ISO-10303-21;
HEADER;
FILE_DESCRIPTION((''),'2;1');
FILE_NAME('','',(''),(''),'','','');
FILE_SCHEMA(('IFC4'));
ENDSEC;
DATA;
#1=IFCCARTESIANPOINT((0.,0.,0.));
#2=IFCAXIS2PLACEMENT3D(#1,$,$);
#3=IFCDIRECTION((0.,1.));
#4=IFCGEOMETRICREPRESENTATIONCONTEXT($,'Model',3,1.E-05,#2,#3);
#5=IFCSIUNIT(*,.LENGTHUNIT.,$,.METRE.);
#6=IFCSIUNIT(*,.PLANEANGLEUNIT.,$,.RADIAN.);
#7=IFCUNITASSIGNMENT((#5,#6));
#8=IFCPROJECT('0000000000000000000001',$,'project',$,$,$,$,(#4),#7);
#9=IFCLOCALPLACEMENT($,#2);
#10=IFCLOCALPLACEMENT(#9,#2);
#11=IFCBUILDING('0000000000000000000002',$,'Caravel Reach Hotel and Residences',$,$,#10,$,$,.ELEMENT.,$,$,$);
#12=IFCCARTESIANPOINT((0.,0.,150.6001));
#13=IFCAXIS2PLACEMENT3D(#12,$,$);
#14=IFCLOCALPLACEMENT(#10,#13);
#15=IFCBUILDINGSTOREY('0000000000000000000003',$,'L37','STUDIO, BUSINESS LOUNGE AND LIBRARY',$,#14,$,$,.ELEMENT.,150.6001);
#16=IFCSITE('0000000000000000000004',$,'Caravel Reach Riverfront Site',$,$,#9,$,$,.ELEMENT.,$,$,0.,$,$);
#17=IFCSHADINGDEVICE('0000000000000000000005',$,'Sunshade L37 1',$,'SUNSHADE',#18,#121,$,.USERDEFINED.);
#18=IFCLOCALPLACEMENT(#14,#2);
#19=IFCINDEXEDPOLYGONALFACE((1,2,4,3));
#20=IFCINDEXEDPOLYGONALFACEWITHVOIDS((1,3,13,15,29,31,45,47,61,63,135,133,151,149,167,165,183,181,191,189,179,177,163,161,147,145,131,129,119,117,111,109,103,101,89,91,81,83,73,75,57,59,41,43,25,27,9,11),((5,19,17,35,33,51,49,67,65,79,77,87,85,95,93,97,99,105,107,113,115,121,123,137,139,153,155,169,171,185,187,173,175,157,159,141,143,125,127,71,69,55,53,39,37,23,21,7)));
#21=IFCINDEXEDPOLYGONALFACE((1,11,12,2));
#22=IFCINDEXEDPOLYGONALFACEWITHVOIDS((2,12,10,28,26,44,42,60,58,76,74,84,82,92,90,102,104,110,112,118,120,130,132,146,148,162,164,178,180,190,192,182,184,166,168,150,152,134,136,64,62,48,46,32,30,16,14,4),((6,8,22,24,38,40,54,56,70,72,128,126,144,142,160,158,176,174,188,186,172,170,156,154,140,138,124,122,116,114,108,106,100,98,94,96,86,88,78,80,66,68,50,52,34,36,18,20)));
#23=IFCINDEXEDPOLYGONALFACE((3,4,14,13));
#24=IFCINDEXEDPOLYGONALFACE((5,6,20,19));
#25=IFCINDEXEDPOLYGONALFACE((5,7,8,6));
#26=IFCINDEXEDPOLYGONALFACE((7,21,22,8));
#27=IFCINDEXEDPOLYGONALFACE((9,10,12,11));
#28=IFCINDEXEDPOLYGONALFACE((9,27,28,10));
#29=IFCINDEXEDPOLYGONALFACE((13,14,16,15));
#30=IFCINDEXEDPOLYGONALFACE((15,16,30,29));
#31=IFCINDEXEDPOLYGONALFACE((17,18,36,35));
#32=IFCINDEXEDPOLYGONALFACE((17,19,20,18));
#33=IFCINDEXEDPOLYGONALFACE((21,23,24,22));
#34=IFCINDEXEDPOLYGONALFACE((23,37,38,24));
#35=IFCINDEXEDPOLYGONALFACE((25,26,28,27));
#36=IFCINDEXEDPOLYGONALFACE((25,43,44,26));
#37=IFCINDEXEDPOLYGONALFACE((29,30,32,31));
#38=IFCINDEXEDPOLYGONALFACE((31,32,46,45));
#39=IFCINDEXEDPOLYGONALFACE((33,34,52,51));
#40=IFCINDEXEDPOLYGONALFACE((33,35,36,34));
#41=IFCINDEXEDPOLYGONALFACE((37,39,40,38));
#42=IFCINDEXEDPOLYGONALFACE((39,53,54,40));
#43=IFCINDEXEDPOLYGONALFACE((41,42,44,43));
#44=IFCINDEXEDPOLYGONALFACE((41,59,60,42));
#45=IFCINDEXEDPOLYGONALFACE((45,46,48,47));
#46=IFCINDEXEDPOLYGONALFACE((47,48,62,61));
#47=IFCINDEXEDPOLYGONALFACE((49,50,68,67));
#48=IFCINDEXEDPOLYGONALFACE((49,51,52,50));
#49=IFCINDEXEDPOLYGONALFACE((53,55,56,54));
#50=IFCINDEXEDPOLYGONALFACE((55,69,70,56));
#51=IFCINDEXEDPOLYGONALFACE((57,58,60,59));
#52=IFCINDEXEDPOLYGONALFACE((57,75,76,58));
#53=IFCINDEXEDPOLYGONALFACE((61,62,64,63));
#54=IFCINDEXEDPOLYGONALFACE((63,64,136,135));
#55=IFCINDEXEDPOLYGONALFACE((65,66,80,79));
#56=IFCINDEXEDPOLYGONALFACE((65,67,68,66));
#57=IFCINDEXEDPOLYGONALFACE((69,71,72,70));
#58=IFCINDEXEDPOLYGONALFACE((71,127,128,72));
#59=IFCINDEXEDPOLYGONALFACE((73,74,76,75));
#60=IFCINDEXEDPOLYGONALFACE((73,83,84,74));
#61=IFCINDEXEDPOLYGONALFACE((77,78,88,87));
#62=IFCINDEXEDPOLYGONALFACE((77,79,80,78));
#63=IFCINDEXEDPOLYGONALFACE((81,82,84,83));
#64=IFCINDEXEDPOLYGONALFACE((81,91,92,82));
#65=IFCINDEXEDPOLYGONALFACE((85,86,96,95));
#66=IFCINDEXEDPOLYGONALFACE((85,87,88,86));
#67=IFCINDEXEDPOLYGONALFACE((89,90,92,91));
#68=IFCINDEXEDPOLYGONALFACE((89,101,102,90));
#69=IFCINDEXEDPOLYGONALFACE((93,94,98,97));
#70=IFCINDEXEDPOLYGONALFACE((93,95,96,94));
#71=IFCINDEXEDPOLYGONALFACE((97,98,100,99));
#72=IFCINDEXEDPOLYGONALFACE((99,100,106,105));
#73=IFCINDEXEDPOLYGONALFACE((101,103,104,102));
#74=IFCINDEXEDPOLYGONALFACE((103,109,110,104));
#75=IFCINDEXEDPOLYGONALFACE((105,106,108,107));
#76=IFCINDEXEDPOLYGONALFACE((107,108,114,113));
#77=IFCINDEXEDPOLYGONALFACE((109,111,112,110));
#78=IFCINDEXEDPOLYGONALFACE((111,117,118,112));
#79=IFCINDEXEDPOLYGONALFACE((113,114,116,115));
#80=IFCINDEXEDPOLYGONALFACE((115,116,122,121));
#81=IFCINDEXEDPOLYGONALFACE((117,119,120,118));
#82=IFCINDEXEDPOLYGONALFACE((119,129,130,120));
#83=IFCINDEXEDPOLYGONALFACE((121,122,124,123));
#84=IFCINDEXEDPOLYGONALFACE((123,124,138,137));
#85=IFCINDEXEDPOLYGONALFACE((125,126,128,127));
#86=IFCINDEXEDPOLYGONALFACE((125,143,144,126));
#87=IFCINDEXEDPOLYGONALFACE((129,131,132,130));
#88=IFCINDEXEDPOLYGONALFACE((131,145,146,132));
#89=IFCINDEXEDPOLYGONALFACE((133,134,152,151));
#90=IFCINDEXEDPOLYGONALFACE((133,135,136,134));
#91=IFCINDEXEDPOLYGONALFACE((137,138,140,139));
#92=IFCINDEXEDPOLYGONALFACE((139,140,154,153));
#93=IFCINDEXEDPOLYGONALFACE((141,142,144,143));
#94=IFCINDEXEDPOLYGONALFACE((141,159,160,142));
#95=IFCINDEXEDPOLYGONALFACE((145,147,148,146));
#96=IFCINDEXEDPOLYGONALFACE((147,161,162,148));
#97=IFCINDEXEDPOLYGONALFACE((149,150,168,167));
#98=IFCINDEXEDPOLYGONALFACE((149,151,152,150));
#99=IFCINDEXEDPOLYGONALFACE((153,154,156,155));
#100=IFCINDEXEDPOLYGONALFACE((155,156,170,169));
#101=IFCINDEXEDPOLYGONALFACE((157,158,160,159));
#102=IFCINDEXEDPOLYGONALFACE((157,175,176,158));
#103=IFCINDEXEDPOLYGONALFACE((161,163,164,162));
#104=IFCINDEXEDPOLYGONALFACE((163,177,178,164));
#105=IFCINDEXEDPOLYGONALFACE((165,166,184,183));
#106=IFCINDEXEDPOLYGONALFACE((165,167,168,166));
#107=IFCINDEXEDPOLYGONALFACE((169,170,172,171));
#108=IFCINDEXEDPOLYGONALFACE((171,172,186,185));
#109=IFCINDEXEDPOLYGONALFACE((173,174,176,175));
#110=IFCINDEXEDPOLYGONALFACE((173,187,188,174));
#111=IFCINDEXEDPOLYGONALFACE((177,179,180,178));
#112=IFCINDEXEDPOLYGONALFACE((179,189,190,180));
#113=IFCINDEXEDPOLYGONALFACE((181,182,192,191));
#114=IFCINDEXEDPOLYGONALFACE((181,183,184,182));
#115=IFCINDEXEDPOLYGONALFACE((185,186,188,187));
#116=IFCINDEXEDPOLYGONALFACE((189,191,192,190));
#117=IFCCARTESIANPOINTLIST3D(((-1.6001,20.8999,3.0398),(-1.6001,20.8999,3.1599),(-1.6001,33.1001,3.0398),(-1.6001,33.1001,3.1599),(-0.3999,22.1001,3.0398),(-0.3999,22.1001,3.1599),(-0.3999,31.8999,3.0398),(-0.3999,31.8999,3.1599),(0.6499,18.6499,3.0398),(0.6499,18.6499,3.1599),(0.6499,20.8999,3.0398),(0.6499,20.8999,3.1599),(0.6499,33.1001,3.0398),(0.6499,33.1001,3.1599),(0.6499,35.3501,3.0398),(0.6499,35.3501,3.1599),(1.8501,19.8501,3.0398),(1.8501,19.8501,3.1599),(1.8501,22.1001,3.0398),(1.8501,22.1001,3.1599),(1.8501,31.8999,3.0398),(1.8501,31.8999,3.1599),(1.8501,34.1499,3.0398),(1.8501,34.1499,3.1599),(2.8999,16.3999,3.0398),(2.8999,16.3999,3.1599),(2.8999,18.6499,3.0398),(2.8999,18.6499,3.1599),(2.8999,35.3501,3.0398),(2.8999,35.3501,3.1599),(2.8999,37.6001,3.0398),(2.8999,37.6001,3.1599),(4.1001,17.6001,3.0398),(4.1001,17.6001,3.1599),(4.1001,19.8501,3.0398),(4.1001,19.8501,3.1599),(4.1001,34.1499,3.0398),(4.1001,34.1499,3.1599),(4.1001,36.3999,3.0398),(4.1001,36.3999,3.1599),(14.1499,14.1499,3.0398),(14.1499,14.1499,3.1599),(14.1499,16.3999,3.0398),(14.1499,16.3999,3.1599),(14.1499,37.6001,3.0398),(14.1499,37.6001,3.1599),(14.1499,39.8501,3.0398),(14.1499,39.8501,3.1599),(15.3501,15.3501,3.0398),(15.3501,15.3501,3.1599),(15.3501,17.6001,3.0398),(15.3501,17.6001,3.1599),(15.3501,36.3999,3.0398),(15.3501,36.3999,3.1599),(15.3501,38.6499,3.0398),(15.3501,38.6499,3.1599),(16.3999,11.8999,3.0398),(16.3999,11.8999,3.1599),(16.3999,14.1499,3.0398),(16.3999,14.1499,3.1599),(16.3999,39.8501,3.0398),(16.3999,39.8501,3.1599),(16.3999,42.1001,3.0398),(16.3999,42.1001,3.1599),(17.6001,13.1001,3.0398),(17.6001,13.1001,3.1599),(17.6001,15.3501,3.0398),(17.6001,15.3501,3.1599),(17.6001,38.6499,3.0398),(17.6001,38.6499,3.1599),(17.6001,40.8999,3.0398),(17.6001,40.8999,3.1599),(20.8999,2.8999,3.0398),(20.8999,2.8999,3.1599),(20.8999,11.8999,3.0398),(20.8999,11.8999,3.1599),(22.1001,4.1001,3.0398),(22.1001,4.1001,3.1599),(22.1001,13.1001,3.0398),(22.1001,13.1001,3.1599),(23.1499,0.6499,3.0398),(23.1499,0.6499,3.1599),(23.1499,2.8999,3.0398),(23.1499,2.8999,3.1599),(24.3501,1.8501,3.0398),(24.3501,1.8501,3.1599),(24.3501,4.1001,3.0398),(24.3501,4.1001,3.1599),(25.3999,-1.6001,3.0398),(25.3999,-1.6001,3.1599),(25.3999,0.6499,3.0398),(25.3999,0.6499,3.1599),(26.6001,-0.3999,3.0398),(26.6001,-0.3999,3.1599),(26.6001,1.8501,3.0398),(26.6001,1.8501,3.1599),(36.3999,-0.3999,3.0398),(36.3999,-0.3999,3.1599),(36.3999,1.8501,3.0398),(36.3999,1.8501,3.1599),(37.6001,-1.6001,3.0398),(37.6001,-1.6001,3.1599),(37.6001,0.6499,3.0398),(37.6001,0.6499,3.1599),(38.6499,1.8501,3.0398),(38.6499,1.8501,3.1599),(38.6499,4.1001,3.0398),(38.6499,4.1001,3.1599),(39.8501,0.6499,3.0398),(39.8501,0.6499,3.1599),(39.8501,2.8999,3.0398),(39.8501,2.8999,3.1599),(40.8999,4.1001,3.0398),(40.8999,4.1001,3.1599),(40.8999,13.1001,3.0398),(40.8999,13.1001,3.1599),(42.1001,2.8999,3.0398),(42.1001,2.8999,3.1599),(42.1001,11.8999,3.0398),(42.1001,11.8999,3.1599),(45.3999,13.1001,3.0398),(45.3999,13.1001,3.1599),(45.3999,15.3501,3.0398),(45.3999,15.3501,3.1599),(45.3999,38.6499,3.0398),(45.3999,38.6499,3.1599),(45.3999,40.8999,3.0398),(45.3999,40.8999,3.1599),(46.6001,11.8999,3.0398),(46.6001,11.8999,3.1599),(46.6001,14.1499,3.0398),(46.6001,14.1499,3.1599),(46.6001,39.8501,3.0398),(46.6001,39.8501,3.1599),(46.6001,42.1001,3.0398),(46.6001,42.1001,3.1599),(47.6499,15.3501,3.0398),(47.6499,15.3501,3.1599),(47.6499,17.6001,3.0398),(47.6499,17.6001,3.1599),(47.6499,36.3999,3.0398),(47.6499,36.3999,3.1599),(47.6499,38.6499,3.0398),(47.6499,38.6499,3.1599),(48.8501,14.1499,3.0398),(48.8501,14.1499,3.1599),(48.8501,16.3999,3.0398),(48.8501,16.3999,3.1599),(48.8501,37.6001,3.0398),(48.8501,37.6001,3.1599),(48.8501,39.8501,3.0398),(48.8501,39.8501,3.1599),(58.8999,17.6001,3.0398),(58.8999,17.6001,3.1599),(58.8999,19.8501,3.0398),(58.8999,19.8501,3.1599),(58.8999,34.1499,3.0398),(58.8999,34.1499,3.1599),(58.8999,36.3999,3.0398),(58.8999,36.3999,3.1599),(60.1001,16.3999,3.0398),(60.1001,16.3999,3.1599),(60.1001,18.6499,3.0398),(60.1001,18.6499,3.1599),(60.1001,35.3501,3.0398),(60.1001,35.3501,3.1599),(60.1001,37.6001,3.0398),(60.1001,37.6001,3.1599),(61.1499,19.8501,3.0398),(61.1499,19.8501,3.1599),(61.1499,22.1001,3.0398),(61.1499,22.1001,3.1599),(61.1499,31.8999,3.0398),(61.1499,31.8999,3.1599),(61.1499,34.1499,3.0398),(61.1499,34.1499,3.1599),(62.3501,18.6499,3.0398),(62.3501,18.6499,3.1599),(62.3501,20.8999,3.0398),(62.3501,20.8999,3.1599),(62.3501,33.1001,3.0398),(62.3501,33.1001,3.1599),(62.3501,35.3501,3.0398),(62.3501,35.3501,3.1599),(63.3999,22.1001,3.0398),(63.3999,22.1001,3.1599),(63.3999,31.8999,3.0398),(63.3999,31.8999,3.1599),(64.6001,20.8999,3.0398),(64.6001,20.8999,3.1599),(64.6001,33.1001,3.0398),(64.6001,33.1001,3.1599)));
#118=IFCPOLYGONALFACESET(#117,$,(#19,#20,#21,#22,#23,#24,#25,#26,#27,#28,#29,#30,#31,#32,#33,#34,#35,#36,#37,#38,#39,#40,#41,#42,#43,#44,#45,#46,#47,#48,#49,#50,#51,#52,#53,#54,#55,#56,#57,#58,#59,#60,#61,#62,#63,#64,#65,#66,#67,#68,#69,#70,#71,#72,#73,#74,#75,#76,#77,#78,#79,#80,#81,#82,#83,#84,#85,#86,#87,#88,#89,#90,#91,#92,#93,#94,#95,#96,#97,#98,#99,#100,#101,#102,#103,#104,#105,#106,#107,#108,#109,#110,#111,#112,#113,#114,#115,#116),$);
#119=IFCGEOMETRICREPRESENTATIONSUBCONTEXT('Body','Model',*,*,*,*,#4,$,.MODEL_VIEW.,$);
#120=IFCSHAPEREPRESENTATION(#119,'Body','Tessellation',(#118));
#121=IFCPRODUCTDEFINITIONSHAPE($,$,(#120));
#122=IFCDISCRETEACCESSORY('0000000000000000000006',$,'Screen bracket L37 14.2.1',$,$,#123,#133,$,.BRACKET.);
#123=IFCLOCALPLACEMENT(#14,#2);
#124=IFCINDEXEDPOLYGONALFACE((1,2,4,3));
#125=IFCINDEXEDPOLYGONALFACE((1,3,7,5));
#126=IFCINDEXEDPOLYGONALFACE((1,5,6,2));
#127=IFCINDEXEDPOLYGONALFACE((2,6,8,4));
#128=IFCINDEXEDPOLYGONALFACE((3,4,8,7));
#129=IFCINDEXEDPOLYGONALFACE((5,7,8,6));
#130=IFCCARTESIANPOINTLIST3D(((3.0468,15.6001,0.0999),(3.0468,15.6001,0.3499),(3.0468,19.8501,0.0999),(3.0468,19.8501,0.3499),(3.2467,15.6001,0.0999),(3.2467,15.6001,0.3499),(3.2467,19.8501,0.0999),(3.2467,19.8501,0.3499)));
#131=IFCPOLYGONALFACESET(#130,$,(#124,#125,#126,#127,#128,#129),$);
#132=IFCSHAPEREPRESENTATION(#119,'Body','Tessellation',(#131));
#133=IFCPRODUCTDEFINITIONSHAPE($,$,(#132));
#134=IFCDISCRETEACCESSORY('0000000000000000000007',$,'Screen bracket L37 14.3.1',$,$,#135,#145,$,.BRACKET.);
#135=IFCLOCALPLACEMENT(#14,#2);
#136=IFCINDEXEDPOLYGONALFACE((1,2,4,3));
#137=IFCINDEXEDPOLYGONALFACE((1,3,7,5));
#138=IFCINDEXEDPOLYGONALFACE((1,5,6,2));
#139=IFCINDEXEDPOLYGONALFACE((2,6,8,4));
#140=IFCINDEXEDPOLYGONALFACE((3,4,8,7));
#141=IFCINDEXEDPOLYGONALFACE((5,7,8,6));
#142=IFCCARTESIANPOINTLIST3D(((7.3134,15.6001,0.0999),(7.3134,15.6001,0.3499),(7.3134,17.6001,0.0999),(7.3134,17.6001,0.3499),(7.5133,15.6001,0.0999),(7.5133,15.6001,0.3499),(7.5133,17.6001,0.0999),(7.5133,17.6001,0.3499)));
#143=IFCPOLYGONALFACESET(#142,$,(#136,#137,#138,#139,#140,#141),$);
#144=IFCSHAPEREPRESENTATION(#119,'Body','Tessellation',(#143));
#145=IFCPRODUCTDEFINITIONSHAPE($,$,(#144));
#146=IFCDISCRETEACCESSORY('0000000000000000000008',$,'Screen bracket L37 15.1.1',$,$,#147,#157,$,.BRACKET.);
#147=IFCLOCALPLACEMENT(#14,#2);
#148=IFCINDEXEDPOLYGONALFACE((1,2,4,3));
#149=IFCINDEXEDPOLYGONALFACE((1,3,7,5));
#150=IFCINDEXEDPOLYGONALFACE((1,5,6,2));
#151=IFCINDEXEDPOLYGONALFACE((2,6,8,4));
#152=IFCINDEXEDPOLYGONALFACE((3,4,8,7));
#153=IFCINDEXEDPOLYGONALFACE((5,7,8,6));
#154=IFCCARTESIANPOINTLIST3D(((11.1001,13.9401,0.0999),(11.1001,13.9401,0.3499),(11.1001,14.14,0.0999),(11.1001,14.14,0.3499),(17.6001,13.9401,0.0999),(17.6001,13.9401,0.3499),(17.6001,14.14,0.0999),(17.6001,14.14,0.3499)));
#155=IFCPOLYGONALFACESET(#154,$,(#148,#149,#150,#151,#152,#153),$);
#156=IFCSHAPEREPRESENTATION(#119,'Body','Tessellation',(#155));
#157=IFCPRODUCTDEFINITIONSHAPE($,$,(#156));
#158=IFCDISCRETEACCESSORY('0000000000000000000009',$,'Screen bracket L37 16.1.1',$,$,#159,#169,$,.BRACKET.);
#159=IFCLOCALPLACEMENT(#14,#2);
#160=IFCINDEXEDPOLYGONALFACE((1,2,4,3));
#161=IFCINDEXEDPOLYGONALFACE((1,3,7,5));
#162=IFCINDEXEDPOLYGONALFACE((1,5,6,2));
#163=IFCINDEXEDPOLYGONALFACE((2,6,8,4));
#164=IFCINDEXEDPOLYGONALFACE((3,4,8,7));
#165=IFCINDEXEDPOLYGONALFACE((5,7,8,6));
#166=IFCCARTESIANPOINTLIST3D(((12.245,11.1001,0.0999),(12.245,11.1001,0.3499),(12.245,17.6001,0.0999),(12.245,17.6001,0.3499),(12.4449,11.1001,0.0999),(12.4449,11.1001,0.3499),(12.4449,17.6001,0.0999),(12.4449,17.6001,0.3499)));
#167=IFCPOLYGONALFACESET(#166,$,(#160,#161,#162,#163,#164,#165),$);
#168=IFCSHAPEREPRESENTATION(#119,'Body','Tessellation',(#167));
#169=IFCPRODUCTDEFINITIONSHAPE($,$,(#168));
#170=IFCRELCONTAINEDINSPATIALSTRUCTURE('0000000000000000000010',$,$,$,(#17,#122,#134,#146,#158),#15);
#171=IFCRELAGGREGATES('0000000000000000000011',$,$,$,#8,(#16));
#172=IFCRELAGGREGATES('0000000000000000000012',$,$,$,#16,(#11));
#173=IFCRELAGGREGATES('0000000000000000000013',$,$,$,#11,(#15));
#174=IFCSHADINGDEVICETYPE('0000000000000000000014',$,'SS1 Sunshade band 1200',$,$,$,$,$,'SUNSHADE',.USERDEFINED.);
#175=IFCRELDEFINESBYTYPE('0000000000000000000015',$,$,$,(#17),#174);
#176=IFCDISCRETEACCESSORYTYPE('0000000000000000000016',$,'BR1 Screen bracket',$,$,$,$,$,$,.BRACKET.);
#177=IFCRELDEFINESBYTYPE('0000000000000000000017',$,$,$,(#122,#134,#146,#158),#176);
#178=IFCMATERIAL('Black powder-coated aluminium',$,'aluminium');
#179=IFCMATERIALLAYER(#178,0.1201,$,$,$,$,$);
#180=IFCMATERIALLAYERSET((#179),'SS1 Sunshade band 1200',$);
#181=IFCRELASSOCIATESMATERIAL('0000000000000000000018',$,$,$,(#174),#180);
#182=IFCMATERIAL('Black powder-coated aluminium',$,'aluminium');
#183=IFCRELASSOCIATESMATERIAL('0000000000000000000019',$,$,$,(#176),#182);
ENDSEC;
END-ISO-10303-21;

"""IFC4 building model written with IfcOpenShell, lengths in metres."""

from ifc_helpers import new_model, si_unit, direction, frame, origin, origin_2d, place, context, subcontext, project, spatial, polyline, rectangle, outline, extrude, material, layer, layer_set, type_object, element, save


model = new_model("IFC4")

# Units and contexts
model_context = context("Model", 3, precision=1e-05, world=origin(), true_north=direction((0.0, 1.0)))
body_context = subcontext(model_context, "Body", "Model", "MODEL_VIEW")
ifc_project = project(units=[si_unit("LENGTHUNIT", "METRE"), si_unit("PLANEANGLEUNIT", "RADIAN")], contexts=[model_context])

# Site, building, storey
site_placement = place(None, origin())
site = spatial("IfcSite", under=ifc_project, at=site_placement, Name="Caravel Reach Riverfront Site", CompositionType="ELEMENT", RefElevation=0.0)
building_placement = place(site_placement, origin())
building = spatial("IfcBuilding", under=site, at=building_placement, Name="Caravel Reach Hotel and Residences", CompositionType="ELEMENT")
storey_placement = place(building_placement, frame((0.0, 0.0, 150.6001)))
storey = spatial("IfcBuildingStorey", under=building, at=storey_placement, Name="L37", Description="STUDIO, BUSINESS LOUNGE AND LIBRARY", CompositionType="ELEMENT", Elevation=150.6001)

# Shading device
ifc_material_1 = material(Name="Black powder-coated aluminium", Category="aluminium")
ifc_layer_1 = layer(ifc_material_1, 0.1201)
ifc_layer_set_1 = layer_set([ifc_layer_1], Name="SS1 Sunshade band 1200")
shading_device_type_1 = type_object("IfcShadingDeviceType", Name="SS1 Sunshade band 1200", ElementType="SUNSHADE", PredefinedType="USERDEFINED", material=ifc_layer_set_1)
shading_device_1_placement = place(storey_placement, frame((0.0, 0.0, 3.0398)))
element("IfcShadingDevice", 1, at=shading_device_1_placement, inside=storey, type_object=shading_device_type_1, Name="Sunshade L37 1", ObjectType="SUNSHADE", PredefinedType="USERDEFINED", context=body_context, shape_type="SweptSolid", body=[
    extrude(outline(polyline([(20.8999, 11.8999), (20.8999, 2.8999), (23.1499, 2.8999), (23.1499, 0.6499), (25.3999, 0.6499), (25.3999, -1.6001), (37.6001, -1.6001), (37.6001, 0.6499), (39.8501, 0.6499), (39.8501, 2.8999), (42.1001, 2.8999), (42.1001, 11.8999), (46.6001, 11.8999), (46.6001, 14.1499), (48.8501, 14.1499), (48.8501, 16.3999), (60.1001, 16.3999), (60.1001, 18.6499), (62.3501, 18.6499), (62.3501, 20.8999), (64.6001, 20.8999), (64.6001, 33.1001), (62.3501, 33.1001), (62.3501, 35.3501), (60.1001, 35.3501), (60.1001, 37.6001), (48.8501, 37.6001), (48.8501, 39.8501), (46.6001, 39.8501), (46.6001, 42.1001), (16.3999, 42.1001), (16.3999, 39.8501), (14.1499, 39.8501), (14.1499, 37.6001), (2.8999, 37.6001), (2.8999, 35.3501), (0.6499, 35.3501), (0.6499, 33.1001), (-1.6001, 33.1001), (-1.6001, 20.8999), (0.6499, 20.8999), (0.6499, 18.6499), (2.8999, 18.6499), (2.8999, 16.3999), (14.1499, 16.3999), (14.1499, 14.1499), (16.3999, 14.1499), (16.3999, 11.8999), (20.8999, 11.8999)]), holes=[polyline([(24.3501, 4.1001), (22.1001, 4.1001), (22.1001, 13.1001), (17.6001, 13.1001), (17.6001, 15.3501), (15.3501, 15.3501), (15.3501, 17.6001), (4.1001, 17.6001), (4.1001, 19.8501), (1.8501, 19.8501), (1.8501, 22.1001), (-0.3999, 22.1001), (-0.3999, 31.8999), (1.8501, 31.8999), (1.8501, 34.1499), (4.1001, 34.1499), (4.1001, 36.3999), (15.3501, 36.3999), (15.3501, 38.6499), (17.6001, 38.6499), (17.6001, 40.8999), (45.3999, 40.8999), (45.3999, 38.6499), (47.6499, 38.6499), (47.6499, 36.3999), (58.8999, 36.3999), (58.8999, 34.1499), (61.1499, 34.1499), (61.1499, 31.8999), (63.3999, 31.8999), (63.3999, 22.1001), (61.1499, 22.1001), (61.1499, 19.8501), (58.8999, 19.8501), (58.8999, 17.6001), (47.6499, 17.6001), (47.6499, 15.3501), (45.3999, 15.3501), (45.3999, 13.1001), (40.8999, 13.1001), (40.8999, 4.1001), (38.6499, 4.1001), (38.6499, 1.8501), (36.3999, 1.8501), (36.3999, -0.3999), (26.6001, -0.3999), (26.6001, 1.8501), (24.3501, 1.8501), (24.3501, 4.1001)])]), origin(), (0.0, 0.0, 1.0), 0.1201),
])

# Discrete accessories
ifc_material_2 = material(Name="Black powder-coated aluminium", Category="aluminium")
discrete_accessory_type = type_object("IfcDiscreteAccessoryType", Name="BR1 Screen bracket", PredefinedType="BRACKET", material=ifc_material_2)
discrete_accessory_1_placement = place(storey_placement, frame((3.1467, 17.7251, 0.0999), z_axis=(0.0, 0.0, 1.0), x_axis=(0.0, -1.0, 0.0)))
element("IfcDiscreteAccessory", 2, at=discrete_accessory_1_placement, inside=storey, type_object=discrete_accessory_type, Name="Screen bracket L37 14.2.1", PredefinedType="BRACKET", context=body_context, shape_type="SweptSolid", body=[
    extrude(rectangle(XDim=4.25, YDim=0.2, at=origin_2d()), origin(), (0.0, 0.0, 1.0), 0.25),
])
discrete_accessory_2_placement = place(storey_placement, frame((7.4133, 16.6001, 0.0999), z_axis=(0.0, 0.0, 1.0), x_axis=(0.0, -1.0, 0.0)))
element("IfcDiscreteAccessory", 3, at=discrete_accessory_2_placement, inside=storey, type_object=discrete_accessory_type, Name="Screen bracket L37 14.3.1", PredefinedType="BRACKET", context=body_context, shape_type="SweptSolid", body=[
    extrude(rectangle(XDim=2.0, YDim=0.2, at=origin_2d()), origin(), (0.0, 0.0, 1.0), 0.25),
])
for number, where, z_axis, x_axis, name in (
    (4, (14.3501, 14.04, 0.0999), (0.0, 0.0, 1.0), (-1.0, 0.0, 0.0), "Screen bracket L37 15.1.1"),
    (5, (12.345, 14.3501, 0.0999), (0.0, 0.0, 1.0), (0.0, -1.0, 0.0), "Screen bracket L37 16.1.1"),
):
    element("IfcDiscreteAccessory", number, at=place(storey_placement, frame(where, z_axis=z_axis, x_axis=x_axis)), inside=storey, type_object=discrete_accessory_type, Name=name, PredefinedType="BRACKET", context=body_context, shape_type="SweptSolid", body=[
        extrude(rectangle(XDim=6.5, YDim=0.2, at=origin_2d()), origin(), (0.0, 0.0, 1.0), 0.25),
    ])

save(model, "model.ifc")
